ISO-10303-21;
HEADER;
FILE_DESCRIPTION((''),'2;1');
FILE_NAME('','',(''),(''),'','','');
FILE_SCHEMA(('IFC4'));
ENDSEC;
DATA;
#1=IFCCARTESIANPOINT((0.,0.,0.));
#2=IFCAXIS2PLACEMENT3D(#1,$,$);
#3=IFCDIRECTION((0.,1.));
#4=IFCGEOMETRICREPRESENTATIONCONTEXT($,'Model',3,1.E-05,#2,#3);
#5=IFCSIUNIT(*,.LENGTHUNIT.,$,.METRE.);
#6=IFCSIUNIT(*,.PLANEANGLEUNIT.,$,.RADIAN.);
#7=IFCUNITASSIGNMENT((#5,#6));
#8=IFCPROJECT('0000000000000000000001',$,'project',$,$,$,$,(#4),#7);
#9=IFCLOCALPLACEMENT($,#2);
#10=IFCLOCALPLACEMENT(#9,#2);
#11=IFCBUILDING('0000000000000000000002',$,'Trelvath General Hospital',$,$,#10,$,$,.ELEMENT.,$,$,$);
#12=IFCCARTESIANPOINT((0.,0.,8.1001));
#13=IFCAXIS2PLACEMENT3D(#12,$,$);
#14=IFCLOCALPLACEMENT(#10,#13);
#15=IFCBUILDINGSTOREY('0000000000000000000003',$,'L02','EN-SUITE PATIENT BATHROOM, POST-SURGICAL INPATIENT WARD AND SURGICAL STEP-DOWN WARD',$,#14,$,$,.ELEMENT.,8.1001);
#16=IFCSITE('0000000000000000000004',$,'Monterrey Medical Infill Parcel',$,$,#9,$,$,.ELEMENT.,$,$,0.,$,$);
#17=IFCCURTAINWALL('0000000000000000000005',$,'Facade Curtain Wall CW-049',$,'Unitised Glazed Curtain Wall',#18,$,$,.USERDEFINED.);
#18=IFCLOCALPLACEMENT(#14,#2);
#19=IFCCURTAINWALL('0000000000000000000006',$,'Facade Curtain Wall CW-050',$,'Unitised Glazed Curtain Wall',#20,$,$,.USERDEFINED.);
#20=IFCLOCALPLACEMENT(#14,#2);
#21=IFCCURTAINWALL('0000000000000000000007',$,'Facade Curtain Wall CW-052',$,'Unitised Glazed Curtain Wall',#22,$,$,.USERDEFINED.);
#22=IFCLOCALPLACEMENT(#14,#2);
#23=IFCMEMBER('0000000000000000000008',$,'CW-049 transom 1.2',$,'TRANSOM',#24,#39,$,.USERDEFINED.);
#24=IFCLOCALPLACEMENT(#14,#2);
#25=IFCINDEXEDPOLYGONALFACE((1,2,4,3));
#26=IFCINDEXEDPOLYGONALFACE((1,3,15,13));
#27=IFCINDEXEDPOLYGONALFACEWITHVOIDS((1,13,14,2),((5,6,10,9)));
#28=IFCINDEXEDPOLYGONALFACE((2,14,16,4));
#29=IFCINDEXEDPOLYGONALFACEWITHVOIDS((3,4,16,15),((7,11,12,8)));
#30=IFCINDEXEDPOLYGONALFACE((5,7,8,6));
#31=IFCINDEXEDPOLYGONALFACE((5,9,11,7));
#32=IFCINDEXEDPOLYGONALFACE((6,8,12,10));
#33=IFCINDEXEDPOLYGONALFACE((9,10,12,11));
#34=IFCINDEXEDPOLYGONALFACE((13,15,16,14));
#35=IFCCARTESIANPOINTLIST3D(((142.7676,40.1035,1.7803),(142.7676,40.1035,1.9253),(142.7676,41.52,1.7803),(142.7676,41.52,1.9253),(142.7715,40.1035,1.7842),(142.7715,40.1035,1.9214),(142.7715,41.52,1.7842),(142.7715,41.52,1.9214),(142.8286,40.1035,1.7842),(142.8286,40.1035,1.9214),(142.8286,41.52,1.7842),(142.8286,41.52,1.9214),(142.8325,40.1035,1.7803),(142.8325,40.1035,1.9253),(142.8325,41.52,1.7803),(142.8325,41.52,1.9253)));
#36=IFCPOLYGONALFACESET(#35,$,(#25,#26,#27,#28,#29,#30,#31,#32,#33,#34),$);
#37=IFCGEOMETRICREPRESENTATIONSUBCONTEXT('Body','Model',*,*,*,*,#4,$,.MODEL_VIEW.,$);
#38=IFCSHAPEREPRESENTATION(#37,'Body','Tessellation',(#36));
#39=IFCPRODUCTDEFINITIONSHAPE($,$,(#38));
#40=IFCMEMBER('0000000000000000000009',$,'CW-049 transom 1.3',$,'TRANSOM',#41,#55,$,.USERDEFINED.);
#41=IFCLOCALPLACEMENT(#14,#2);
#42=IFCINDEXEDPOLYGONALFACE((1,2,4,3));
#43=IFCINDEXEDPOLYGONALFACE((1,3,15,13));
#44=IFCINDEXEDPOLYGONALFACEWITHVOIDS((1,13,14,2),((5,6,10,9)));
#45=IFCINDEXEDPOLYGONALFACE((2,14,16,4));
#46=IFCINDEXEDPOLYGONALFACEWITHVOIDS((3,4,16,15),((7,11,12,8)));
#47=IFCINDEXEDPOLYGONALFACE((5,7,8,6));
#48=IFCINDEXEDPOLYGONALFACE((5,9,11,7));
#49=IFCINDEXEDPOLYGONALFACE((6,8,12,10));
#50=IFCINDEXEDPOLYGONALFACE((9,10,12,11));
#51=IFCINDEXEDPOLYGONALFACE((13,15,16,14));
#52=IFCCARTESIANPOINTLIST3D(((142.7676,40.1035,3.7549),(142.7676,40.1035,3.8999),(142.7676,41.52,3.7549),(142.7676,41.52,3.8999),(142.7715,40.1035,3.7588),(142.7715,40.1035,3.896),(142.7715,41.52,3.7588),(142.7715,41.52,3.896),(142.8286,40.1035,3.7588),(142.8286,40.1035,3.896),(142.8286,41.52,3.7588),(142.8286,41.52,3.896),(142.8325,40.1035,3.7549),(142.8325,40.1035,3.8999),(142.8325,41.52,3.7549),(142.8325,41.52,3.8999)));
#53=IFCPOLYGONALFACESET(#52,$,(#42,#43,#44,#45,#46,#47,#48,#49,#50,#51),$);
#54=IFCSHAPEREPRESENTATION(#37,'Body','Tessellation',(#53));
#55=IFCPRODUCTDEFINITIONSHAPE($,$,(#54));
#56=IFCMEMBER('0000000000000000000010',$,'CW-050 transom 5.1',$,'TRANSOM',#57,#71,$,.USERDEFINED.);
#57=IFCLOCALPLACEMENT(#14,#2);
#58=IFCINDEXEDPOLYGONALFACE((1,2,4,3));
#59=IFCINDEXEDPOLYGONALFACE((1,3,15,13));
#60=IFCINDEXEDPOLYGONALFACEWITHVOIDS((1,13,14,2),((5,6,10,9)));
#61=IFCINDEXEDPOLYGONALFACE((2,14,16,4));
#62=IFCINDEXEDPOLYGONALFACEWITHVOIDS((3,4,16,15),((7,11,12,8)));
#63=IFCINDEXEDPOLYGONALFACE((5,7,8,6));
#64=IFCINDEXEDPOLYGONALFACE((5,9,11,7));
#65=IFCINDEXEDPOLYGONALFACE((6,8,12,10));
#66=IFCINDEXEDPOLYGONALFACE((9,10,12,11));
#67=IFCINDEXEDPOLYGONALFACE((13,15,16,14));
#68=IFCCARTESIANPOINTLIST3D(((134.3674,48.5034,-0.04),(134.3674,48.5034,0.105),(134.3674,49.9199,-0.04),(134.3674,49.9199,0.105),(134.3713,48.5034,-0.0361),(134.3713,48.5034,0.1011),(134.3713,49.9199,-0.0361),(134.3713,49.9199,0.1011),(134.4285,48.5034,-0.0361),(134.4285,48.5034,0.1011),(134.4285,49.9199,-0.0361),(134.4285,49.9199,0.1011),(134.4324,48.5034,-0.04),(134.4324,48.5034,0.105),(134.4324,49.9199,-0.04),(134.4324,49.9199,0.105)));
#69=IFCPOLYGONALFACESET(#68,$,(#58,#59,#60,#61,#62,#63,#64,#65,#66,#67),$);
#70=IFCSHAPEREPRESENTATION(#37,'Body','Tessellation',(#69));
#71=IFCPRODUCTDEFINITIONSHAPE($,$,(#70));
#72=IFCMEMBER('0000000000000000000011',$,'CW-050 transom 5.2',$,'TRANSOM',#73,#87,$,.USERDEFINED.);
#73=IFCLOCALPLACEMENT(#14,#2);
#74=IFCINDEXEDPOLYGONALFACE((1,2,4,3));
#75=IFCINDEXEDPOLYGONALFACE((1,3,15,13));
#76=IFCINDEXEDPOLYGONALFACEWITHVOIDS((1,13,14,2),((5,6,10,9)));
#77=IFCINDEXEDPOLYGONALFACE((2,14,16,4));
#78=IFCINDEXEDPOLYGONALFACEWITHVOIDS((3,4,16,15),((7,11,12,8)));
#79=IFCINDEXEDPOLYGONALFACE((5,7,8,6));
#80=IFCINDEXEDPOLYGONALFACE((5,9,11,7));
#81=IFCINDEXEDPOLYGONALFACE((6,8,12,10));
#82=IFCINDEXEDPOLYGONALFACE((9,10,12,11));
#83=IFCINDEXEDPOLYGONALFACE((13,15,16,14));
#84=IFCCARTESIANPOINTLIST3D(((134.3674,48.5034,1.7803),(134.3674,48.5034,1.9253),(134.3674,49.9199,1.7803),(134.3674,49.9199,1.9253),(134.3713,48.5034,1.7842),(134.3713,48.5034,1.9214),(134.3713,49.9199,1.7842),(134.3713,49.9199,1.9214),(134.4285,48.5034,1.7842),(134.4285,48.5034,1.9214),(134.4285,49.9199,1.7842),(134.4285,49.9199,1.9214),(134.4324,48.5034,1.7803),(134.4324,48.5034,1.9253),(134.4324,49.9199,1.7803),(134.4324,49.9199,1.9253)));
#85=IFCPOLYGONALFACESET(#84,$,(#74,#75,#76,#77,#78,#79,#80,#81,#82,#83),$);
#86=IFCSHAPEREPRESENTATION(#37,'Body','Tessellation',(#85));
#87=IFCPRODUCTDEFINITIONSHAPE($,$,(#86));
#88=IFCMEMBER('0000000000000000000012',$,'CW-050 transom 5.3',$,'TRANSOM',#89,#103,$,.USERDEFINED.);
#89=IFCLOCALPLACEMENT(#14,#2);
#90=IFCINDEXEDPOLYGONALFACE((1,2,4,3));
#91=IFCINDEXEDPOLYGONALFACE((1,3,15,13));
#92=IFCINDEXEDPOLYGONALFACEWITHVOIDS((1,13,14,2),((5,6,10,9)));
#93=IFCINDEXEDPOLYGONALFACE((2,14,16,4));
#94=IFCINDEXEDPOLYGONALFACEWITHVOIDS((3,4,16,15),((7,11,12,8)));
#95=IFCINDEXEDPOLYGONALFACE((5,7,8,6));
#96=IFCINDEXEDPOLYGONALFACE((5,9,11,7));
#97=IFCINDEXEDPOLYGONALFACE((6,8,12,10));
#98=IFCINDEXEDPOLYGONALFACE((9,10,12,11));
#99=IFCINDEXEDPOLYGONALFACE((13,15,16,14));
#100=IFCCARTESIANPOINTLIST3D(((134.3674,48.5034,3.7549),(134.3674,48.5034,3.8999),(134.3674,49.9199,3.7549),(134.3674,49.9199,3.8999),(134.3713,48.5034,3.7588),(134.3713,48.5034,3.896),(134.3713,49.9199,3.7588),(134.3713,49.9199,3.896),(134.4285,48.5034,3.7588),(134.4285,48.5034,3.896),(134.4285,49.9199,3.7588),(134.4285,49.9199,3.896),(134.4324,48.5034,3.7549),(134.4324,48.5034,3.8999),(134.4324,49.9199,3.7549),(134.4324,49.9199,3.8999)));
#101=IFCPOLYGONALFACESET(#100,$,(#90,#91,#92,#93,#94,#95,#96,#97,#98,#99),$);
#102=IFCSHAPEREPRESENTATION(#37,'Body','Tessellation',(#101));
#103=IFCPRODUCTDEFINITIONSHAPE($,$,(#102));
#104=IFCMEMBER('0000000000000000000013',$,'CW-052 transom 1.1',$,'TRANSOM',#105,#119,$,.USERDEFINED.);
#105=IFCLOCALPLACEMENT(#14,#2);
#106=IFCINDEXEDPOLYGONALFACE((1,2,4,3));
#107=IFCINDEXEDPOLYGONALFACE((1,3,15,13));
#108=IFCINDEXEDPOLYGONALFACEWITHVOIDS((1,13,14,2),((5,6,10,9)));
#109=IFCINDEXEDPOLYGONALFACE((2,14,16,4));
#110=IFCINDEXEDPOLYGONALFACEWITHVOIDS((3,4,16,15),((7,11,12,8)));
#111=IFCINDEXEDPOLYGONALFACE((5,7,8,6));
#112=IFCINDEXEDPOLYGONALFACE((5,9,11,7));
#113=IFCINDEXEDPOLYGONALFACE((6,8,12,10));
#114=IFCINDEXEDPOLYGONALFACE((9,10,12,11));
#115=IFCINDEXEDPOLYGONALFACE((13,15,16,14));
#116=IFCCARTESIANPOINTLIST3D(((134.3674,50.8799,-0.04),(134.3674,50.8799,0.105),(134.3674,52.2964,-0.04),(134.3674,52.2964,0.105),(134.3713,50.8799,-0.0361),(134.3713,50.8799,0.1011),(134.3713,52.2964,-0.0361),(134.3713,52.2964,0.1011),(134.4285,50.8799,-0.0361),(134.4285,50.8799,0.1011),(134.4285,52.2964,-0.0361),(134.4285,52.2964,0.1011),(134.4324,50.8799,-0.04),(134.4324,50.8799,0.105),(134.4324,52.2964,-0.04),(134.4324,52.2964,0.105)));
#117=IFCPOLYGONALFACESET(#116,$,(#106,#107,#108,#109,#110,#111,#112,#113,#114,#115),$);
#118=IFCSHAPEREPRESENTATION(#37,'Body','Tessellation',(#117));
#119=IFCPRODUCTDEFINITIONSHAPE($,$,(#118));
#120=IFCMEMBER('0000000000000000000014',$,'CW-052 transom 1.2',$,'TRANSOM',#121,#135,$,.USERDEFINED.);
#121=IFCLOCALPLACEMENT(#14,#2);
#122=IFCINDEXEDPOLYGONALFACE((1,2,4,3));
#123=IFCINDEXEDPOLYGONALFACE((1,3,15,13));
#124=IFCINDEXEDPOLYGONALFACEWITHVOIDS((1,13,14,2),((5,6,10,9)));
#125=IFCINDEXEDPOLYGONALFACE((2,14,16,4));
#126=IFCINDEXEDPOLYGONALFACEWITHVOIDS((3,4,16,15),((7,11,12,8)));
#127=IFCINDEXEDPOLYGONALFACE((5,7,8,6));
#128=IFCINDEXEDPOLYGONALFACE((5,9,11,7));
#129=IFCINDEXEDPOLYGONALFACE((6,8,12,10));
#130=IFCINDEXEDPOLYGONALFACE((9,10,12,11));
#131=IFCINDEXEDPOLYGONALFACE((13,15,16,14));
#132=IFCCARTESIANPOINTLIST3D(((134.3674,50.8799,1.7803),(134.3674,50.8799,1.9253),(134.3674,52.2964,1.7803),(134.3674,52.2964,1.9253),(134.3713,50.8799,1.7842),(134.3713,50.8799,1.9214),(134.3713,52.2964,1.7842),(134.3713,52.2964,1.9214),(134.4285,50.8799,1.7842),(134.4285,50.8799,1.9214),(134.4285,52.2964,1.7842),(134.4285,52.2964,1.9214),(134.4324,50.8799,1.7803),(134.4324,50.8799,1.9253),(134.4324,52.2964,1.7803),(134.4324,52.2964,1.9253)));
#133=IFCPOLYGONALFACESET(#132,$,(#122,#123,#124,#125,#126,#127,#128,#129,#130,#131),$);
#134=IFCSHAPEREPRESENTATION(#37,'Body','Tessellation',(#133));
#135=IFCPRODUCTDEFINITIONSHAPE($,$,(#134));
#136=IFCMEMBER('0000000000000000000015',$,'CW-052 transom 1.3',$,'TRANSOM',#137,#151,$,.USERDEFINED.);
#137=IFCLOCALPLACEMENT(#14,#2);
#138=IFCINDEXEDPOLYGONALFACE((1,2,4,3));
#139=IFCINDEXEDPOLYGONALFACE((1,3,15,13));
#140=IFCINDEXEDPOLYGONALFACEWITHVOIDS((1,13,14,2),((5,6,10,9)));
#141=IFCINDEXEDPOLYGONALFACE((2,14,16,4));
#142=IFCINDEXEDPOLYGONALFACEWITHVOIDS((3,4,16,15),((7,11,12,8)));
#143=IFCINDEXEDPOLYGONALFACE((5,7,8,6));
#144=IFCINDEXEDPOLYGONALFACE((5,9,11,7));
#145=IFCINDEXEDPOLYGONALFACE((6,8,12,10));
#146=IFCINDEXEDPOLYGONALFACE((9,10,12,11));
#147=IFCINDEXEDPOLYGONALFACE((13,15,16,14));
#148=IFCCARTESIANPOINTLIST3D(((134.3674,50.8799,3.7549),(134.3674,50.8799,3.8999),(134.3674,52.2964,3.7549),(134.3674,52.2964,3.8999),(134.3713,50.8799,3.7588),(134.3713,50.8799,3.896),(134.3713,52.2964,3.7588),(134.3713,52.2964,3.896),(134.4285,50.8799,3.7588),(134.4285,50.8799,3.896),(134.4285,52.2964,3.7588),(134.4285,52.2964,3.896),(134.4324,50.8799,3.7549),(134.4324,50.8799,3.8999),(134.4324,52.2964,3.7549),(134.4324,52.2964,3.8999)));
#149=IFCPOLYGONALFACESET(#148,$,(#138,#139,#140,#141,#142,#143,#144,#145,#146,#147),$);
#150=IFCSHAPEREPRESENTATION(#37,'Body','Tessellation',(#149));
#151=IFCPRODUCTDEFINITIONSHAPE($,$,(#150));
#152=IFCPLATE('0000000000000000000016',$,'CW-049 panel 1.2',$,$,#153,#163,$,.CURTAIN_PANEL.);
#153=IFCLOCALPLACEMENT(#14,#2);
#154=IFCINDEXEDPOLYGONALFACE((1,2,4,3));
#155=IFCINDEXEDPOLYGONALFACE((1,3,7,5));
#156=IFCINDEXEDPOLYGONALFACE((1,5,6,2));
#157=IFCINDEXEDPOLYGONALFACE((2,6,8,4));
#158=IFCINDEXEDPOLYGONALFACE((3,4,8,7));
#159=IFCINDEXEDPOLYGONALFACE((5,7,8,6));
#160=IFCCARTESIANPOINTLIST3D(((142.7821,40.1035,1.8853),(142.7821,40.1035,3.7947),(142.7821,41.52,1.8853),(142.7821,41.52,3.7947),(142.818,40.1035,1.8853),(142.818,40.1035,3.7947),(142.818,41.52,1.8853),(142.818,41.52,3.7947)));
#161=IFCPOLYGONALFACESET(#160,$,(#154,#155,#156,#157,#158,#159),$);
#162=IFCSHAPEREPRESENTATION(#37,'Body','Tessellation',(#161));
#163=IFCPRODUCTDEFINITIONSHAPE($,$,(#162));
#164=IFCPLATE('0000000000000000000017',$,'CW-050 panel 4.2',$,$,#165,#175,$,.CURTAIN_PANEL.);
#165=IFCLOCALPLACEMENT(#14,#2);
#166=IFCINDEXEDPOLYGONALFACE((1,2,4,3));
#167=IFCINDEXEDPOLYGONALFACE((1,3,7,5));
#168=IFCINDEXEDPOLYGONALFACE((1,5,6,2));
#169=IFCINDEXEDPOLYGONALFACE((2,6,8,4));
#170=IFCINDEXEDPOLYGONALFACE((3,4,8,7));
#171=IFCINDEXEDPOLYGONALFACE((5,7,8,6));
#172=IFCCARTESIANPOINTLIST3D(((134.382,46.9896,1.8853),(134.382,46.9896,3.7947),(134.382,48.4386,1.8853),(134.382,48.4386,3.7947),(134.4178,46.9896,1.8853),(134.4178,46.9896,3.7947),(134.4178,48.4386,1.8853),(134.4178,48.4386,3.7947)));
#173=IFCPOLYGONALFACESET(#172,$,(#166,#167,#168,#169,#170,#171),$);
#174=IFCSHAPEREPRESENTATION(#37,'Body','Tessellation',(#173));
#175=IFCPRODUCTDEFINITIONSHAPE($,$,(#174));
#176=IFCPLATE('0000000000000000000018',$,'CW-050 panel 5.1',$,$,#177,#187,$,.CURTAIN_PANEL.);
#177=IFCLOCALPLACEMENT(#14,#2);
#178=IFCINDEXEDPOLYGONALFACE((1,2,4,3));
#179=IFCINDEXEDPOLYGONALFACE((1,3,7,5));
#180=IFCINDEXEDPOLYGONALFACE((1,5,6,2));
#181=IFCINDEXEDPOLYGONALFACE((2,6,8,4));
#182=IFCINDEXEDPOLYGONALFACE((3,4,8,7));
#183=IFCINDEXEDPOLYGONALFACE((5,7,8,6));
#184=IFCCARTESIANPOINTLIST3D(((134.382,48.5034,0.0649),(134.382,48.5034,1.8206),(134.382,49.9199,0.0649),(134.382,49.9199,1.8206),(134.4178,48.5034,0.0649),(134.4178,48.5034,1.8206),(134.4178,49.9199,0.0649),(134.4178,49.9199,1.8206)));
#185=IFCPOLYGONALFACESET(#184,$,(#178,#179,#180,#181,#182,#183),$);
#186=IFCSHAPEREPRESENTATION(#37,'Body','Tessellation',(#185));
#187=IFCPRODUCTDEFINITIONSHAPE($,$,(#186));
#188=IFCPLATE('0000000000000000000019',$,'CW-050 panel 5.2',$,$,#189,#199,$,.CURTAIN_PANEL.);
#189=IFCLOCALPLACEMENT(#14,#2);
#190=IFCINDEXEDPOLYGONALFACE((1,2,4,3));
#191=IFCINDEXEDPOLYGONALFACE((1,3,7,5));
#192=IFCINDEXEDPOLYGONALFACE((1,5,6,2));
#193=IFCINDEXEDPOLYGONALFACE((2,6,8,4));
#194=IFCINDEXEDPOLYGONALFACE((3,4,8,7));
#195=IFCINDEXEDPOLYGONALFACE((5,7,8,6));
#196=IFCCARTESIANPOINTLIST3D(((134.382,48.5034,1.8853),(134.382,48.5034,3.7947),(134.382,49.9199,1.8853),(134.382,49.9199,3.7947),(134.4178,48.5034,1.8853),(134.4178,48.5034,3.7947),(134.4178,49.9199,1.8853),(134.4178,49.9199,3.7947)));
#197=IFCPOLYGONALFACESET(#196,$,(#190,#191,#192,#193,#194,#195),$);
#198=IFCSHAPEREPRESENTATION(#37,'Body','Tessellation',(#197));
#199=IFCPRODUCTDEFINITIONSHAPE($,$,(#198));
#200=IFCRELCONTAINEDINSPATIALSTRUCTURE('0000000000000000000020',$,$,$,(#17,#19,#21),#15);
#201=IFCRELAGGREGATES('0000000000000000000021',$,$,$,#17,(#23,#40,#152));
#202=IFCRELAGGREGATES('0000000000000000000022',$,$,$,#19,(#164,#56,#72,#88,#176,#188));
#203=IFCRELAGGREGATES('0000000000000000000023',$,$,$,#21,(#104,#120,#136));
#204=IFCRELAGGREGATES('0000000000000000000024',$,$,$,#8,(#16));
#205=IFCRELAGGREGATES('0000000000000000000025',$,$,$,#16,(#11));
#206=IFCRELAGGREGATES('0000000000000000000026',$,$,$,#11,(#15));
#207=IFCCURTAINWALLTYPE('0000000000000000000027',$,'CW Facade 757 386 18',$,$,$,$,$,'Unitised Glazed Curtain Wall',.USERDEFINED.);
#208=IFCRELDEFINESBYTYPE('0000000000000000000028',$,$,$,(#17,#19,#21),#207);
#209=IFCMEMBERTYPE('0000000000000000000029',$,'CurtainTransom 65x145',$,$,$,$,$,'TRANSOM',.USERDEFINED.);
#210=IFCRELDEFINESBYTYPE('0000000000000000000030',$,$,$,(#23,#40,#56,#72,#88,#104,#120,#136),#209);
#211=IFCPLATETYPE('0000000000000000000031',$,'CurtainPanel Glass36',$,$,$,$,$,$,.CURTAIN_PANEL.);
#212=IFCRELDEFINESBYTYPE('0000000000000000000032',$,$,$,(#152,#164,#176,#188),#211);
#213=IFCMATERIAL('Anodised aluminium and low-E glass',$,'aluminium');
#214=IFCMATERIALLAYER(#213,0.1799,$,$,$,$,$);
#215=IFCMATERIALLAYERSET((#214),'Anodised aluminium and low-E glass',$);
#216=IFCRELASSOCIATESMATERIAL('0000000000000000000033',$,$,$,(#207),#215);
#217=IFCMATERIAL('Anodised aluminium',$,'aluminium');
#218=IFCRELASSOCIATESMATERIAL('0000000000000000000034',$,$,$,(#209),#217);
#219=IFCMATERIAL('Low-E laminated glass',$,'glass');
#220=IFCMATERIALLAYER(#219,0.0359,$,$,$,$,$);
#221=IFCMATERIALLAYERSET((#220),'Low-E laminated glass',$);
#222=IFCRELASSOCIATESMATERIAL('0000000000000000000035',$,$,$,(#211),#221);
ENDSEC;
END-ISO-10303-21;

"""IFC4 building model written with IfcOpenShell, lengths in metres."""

from ifc_helpers import new_model, si_unit, direction, frame, origin, origin_2d, place, context, subcontext, project, spatial, rectangle, hollow_rectangle, extrude, material, layer, layer_set, material_profile, profile_set, type_object, element, aggregate, save


model = new_model("IFC4")

# Units and contexts
model_context = context("Model", 3, precision=1e-05, world=origin(), true_north=direction((0.0, 1.0)))
body_context = subcontext(model_context, "Body", "Model", "MODEL_VIEW")
ifc_project = project(units=[si_unit("LENGTHUNIT", "METRE"), si_unit("PLANEANGLEUNIT", "RADIAN")], contexts=[model_context])

# Site, building, storey
site_placement = place(None, origin())
site = spatial("IfcSite", under=ifc_project, at=site_placement, Name="Monterrey Medical Infill Parcel", CompositionType="ELEMENT", RefElevation=0.0)
building_placement = place(site_placement, origin())
building = spatial("IfcBuilding", under=site, at=building_placement, Name="Trelvath General Hospital", CompositionType="ELEMENT")
storey_placement = place(building_placement, frame((0.0, 0.0, 8.1001)))
storey = spatial("IfcBuildingStorey", under=building, at=storey_placement, Name="L02", Description="EN-SUITE PATIENT BATHROOM, POST-SURGICAL INPATIENT WARD AND SURGICAL STEP-DOWN WARD", CompositionType="ELEMENT", Elevation=8.1001)

# Curtain wall
ifc_material_1 = material(Name="Anodised aluminium and low-E glass", Category="aluminium")
ifc_layer_1 = layer(ifc_material_1, 0.1799)
ifc_layer_set_1 = layer_set([ifc_layer_1], Name="Anodised aluminium and low-E glass")
curtain_wall_type = type_object("IfcCurtainWallType", Name="CW Facade 757 386 18", ElementType="Unitised Glazed Curtain Wall", PredefinedType="USERDEFINED", material=ifc_layer_set_1)
curtain_wall_1_placement = place(storey_placement, origin())
curtain_wall_1 = element("IfcCurtainWall", 1, at=curtain_wall_1_placement, inside=storey, type_object=curtain_wall_type, Name="Facade Curtain Wall CW-049", ObjectType="Unitised Glazed Curtain Wall", PredefinedType="USERDEFINED")

# Curtain wall
curtain_wall_2_placement = place(storey_placement, origin())
curtain_wall_2 = element("IfcCurtainWall", 2, at=curtain_wall_2_placement, inside=storey, type_object=curtain_wall_type, Name="Facade Curtain Wall CW-050", ObjectType="Unitised Glazed Curtain Wall", PredefinedType="USERDEFINED")

# Curtain wall
curtain_wall_3_placement = place(storey_placement, origin())
curtain_wall_3 = element("IfcCurtainWall", 3, at=curtain_wall_3_placement, inside=storey, type_object=curtain_wall_type, Name="Facade Curtain Wall CW-052", ObjectType="Unitised Glazed Curtain Wall", PredefinedType="USERDEFINED")

# Members
ifc_material_2 = material(Name="Anodised aluminium", Category="aluminium")
ifc_material_profile_1 = material_profile(ifc_material_2, hollow_rectangle(XDim=0.0649, YDim=0.145, WallThickness=0.0039, at=origin_2d()), Name="RHS65x145x4")
ifc_profile_set_1 = profile_set([ifc_material_profile_1], Name="Anodised aluminium")
member_type_1 = type_object("IfcMemberType", Name="CurtainTransom 65x145", ElementType="TRANSOM", PredefinedType="USERDEFINED", material=ifc_profile_set_1)
member_1_placement = place(storey_placement, frame((142.8, 41.52, 1.8528), z_axis=(0.0, -1.0, 0.0), x_axis=(1.0, 0.0, 0.0)))
member_1 = element("IfcMember", 4, at=member_1_placement, type_object=member_type_1, Name="CW-049 transom 1.2", ObjectType="TRANSOM", PredefinedType="USERDEFINED", context=body_context, shape_type="SweptSolid", body=[
    extrude(hollow_rectangle(XDim=0.0649, YDim=0.145, WallThickness=0.0039, at=origin_2d()), origin(), (0.0, 0.0, 1.0), 1.4165),
])
member_2_placement = place(storey_placement, frame((142.8, 41.52, 3.8274), z_axis=(0.0, -1.0, 0.0), x_axis=(1.0, 0.0, 0.0)))
member_2 = element("IfcMember", 5, at=member_2_placement, type_object=member_type_1, Name="CW-049 transom 1.3", ObjectType="TRANSOM", PredefinedType="USERDEFINED", context=body_context, shape_type="SweptSolid", body=[
    extrude(hollow_rectangle(XDim=0.0649, YDim=0.145, WallThickness=0.0039, at=origin_2d()), origin(), (0.0, 0.0, 1.0), 1.4165),
])
member_3_placement = place(storey_placement, frame((134.3999, 48.5034, 0.0325), z_axis=(0.0, 1.0, 0.0), x_axis=(-1.0, 0.0, 0.0)))
member_3 = element("IfcMember", 6, at=member_3_placement, type_object=member_type_1, Name="CW-050 transom 5.1", ObjectType="TRANSOM", PredefinedType="USERDEFINED", context=body_context, shape_type="SweptSolid", body=[
    extrude(hollow_rectangle(XDim=0.0649, YDim=0.145, WallThickness=0.0039, at=origin_2d()), origin(), (0.0, 0.0, 1.0), 1.4165),
])
member_4_placement = place(storey_placement, frame((134.3999, 48.5034, 1.8528), z_axis=(0.0, 1.0, 0.0), x_axis=(-1.0, 0.0, 0.0)))
member_4 = element("IfcMember", 7, at=member_4_placement, type_object=member_type_1, Name="CW-050 transom 5.2", ObjectType="TRANSOM", PredefinedType="USERDEFINED", context=body_context, shape_type="SweptSolid", body=[
    extrude(hollow_rectangle(XDim=0.0649, YDim=0.145, WallThickness=0.0039, at=origin_2d()), origin(), (0.0, 0.0, 1.0), 1.4165),
])
member_5_placement = place(storey_placement, frame((134.3999, 48.5034, 3.8274), z_axis=(0.0, 1.0, 0.0), x_axis=(-1.0, 0.0, 0.0)))
member_5 = element("IfcMember", 8, at=member_5_placement, type_object=member_type_1, Name="CW-050 transom 5.3", ObjectType="TRANSOM", PredefinedType="USERDEFINED", context=body_context, shape_type="SweptSolid", body=[
    extrude(hollow_rectangle(XDim=0.0649, YDim=0.145, WallThickness=0.0039, at=origin_2d()), origin(), (0.0, 0.0, 1.0), 1.4165),
])
member_6_placement = place(storey_placement, frame((134.3999, 50.8799, 0.0325), z_axis=(0.0, 1.0, 0.0), x_axis=(-1.0, 0.0, 0.0)))
member_6 = element("IfcMember", 9, at=member_6_placement, type_object=member_type_1, Name="CW-052 transom 1.1", ObjectType="TRANSOM", PredefinedType="USERDEFINED", context=body_context, shape_type="SweptSolid", body=[
    extrude(hollow_rectangle(XDim=0.0649, YDim=0.145, WallThickness=0.0039, at=origin_2d()), origin(), (0.0, 0.0, 1.0), 1.4165),
])
member_7_placement = place(storey_placement, frame((134.3999, 50.8799, 1.8528), z_axis=(0.0, 1.0, 0.0), x_axis=(-1.0, 0.0, 0.0)))
member_7 = element("IfcMember", 10, at=member_7_placement, type_object=member_type_1, Name="CW-052 transom 1.2", ObjectType="TRANSOM", PredefinedType="USERDEFINED", context=body_context, shape_type="SweptSolid", body=[
    extrude(hollow_rectangle(XDim=0.0649, YDim=0.145, WallThickness=0.0039, at=origin_2d()), origin(), (0.0, 0.0, 1.0), 1.4165),
])
member_8_placement = place(storey_placement, frame((134.3999, 50.8799, 3.8274), z_axis=(0.0, 1.0, 0.0), x_axis=(-1.0, 0.0, 0.0)))
member_8 = element("IfcMember", 11, at=member_8_placement, type_object=member_type_1, Name="CW-052 transom 1.3", ObjectType="TRANSOM", PredefinedType="USERDEFINED", context=body_context, shape_type="SweptSolid", body=[
    extrude(hollow_rectangle(XDim=0.0649, YDim=0.145, WallThickness=0.0039, at=origin_2d()), origin(), (0.0, 0.0, 1.0), 1.4165),
])

# Plates
ifc_material_3 = material(Name="Low-E laminated glass", Category="glass")
ifc_layer_2 = layer(ifc_material_3, 0.0359)
ifc_layer_set_2 = layer_set([ifc_layer_2], Name="Low-E laminated glass")
plate_type = type_object("IfcPlateType", Name="CurtainPanel Glass36", PredefinedType="CURTAIN_PANEL", material=ifc_layer_set_2)
plate_1_placement = place(storey_placement, frame((142.8, 40.8118, 1.8853), z_axis=(0.0, 0.0, 1.0), x_axis=(0.0, -1.0, 0.0)))
plate_1 = element("IfcPlate", 12, at=plate_1_placement, type_object=plate_type, Name="CW-049 panel 1.2", PredefinedType="CURTAIN_PANEL", context=body_context, shape_type="SweptSolid", body=[
    extrude(rectangle(XDim=1.4165, YDim=0.0359, at=origin_2d()), origin(), (0.0, 0.0, 1.0), 1.9094),
])
aggregate(curtain_wall_1, [member_1, member_2, plate_1])
plate_2_placement = place(storey_placement, frame((134.3999, 47.7141, 1.8853), z_axis=(0.0, 0.0, 1.0), x_axis=(0.0, 1.0, 0.0)))
plate_2 = element("IfcPlate", 13, at=plate_2_placement, type_object=plate_type, Name="CW-050 panel 4.2", PredefinedType="CURTAIN_PANEL", context=body_context, shape_type="SweptSolid", body=[
    extrude(rectangle(XDim=1.449, YDim=0.0359, at=origin_2d()), origin(), (0.0, 0.0, 1.0), 1.9094),
])
plate_3_placement = place(storey_placement, frame((134.3999, 49.2117, 0.0649), z_axis=(0.0, 0.0, 1.0), x_axis=(0.0, 1.0, 0.0)))
plate_3 = element("IfcPlate", 14, at=plate_3_placement, type_object=plate_type, Name="CW-050 panel 5.1", PredefinedType="CURTAIN_PANEL", context=body_context, shape_type="SweptSolid", body=[
    extrude(rectangle(XDim=1.4165, YDim=0.0359, at=origin_2d()), origin(), (0.0, 0.0, 1.0), 1.7556),
])
plate_4_placement = place(storey_placement, frame((134.3999, 49.2117, 1.8853), z_axis=(0.0, 0.0, 1.0), x_axis=(0.0, 1.0, 0.0)))
plate_4 = element("IfcPlate", 15, at=plate_4_placement, type_object=plate_type, Name="CW-050 panel 5.2", PredefinedType="CURTAIN_PANEL", context=body_context, shape_type="SweptSolid", body=[
    extrude(rectangle(XDim=1.4165, YDim=0.0359, at=origin_2d()), origin(), (0.0, 0.0, 1.0), 1.9094),
])
aggregate(curtain_wall_2, [plate_2, member_3, member_4, member_5, plate_3, plate_4])
aggregate(curtain_wall_3, [member_6, member_7, member_8])

save(model, "model.ifc")
